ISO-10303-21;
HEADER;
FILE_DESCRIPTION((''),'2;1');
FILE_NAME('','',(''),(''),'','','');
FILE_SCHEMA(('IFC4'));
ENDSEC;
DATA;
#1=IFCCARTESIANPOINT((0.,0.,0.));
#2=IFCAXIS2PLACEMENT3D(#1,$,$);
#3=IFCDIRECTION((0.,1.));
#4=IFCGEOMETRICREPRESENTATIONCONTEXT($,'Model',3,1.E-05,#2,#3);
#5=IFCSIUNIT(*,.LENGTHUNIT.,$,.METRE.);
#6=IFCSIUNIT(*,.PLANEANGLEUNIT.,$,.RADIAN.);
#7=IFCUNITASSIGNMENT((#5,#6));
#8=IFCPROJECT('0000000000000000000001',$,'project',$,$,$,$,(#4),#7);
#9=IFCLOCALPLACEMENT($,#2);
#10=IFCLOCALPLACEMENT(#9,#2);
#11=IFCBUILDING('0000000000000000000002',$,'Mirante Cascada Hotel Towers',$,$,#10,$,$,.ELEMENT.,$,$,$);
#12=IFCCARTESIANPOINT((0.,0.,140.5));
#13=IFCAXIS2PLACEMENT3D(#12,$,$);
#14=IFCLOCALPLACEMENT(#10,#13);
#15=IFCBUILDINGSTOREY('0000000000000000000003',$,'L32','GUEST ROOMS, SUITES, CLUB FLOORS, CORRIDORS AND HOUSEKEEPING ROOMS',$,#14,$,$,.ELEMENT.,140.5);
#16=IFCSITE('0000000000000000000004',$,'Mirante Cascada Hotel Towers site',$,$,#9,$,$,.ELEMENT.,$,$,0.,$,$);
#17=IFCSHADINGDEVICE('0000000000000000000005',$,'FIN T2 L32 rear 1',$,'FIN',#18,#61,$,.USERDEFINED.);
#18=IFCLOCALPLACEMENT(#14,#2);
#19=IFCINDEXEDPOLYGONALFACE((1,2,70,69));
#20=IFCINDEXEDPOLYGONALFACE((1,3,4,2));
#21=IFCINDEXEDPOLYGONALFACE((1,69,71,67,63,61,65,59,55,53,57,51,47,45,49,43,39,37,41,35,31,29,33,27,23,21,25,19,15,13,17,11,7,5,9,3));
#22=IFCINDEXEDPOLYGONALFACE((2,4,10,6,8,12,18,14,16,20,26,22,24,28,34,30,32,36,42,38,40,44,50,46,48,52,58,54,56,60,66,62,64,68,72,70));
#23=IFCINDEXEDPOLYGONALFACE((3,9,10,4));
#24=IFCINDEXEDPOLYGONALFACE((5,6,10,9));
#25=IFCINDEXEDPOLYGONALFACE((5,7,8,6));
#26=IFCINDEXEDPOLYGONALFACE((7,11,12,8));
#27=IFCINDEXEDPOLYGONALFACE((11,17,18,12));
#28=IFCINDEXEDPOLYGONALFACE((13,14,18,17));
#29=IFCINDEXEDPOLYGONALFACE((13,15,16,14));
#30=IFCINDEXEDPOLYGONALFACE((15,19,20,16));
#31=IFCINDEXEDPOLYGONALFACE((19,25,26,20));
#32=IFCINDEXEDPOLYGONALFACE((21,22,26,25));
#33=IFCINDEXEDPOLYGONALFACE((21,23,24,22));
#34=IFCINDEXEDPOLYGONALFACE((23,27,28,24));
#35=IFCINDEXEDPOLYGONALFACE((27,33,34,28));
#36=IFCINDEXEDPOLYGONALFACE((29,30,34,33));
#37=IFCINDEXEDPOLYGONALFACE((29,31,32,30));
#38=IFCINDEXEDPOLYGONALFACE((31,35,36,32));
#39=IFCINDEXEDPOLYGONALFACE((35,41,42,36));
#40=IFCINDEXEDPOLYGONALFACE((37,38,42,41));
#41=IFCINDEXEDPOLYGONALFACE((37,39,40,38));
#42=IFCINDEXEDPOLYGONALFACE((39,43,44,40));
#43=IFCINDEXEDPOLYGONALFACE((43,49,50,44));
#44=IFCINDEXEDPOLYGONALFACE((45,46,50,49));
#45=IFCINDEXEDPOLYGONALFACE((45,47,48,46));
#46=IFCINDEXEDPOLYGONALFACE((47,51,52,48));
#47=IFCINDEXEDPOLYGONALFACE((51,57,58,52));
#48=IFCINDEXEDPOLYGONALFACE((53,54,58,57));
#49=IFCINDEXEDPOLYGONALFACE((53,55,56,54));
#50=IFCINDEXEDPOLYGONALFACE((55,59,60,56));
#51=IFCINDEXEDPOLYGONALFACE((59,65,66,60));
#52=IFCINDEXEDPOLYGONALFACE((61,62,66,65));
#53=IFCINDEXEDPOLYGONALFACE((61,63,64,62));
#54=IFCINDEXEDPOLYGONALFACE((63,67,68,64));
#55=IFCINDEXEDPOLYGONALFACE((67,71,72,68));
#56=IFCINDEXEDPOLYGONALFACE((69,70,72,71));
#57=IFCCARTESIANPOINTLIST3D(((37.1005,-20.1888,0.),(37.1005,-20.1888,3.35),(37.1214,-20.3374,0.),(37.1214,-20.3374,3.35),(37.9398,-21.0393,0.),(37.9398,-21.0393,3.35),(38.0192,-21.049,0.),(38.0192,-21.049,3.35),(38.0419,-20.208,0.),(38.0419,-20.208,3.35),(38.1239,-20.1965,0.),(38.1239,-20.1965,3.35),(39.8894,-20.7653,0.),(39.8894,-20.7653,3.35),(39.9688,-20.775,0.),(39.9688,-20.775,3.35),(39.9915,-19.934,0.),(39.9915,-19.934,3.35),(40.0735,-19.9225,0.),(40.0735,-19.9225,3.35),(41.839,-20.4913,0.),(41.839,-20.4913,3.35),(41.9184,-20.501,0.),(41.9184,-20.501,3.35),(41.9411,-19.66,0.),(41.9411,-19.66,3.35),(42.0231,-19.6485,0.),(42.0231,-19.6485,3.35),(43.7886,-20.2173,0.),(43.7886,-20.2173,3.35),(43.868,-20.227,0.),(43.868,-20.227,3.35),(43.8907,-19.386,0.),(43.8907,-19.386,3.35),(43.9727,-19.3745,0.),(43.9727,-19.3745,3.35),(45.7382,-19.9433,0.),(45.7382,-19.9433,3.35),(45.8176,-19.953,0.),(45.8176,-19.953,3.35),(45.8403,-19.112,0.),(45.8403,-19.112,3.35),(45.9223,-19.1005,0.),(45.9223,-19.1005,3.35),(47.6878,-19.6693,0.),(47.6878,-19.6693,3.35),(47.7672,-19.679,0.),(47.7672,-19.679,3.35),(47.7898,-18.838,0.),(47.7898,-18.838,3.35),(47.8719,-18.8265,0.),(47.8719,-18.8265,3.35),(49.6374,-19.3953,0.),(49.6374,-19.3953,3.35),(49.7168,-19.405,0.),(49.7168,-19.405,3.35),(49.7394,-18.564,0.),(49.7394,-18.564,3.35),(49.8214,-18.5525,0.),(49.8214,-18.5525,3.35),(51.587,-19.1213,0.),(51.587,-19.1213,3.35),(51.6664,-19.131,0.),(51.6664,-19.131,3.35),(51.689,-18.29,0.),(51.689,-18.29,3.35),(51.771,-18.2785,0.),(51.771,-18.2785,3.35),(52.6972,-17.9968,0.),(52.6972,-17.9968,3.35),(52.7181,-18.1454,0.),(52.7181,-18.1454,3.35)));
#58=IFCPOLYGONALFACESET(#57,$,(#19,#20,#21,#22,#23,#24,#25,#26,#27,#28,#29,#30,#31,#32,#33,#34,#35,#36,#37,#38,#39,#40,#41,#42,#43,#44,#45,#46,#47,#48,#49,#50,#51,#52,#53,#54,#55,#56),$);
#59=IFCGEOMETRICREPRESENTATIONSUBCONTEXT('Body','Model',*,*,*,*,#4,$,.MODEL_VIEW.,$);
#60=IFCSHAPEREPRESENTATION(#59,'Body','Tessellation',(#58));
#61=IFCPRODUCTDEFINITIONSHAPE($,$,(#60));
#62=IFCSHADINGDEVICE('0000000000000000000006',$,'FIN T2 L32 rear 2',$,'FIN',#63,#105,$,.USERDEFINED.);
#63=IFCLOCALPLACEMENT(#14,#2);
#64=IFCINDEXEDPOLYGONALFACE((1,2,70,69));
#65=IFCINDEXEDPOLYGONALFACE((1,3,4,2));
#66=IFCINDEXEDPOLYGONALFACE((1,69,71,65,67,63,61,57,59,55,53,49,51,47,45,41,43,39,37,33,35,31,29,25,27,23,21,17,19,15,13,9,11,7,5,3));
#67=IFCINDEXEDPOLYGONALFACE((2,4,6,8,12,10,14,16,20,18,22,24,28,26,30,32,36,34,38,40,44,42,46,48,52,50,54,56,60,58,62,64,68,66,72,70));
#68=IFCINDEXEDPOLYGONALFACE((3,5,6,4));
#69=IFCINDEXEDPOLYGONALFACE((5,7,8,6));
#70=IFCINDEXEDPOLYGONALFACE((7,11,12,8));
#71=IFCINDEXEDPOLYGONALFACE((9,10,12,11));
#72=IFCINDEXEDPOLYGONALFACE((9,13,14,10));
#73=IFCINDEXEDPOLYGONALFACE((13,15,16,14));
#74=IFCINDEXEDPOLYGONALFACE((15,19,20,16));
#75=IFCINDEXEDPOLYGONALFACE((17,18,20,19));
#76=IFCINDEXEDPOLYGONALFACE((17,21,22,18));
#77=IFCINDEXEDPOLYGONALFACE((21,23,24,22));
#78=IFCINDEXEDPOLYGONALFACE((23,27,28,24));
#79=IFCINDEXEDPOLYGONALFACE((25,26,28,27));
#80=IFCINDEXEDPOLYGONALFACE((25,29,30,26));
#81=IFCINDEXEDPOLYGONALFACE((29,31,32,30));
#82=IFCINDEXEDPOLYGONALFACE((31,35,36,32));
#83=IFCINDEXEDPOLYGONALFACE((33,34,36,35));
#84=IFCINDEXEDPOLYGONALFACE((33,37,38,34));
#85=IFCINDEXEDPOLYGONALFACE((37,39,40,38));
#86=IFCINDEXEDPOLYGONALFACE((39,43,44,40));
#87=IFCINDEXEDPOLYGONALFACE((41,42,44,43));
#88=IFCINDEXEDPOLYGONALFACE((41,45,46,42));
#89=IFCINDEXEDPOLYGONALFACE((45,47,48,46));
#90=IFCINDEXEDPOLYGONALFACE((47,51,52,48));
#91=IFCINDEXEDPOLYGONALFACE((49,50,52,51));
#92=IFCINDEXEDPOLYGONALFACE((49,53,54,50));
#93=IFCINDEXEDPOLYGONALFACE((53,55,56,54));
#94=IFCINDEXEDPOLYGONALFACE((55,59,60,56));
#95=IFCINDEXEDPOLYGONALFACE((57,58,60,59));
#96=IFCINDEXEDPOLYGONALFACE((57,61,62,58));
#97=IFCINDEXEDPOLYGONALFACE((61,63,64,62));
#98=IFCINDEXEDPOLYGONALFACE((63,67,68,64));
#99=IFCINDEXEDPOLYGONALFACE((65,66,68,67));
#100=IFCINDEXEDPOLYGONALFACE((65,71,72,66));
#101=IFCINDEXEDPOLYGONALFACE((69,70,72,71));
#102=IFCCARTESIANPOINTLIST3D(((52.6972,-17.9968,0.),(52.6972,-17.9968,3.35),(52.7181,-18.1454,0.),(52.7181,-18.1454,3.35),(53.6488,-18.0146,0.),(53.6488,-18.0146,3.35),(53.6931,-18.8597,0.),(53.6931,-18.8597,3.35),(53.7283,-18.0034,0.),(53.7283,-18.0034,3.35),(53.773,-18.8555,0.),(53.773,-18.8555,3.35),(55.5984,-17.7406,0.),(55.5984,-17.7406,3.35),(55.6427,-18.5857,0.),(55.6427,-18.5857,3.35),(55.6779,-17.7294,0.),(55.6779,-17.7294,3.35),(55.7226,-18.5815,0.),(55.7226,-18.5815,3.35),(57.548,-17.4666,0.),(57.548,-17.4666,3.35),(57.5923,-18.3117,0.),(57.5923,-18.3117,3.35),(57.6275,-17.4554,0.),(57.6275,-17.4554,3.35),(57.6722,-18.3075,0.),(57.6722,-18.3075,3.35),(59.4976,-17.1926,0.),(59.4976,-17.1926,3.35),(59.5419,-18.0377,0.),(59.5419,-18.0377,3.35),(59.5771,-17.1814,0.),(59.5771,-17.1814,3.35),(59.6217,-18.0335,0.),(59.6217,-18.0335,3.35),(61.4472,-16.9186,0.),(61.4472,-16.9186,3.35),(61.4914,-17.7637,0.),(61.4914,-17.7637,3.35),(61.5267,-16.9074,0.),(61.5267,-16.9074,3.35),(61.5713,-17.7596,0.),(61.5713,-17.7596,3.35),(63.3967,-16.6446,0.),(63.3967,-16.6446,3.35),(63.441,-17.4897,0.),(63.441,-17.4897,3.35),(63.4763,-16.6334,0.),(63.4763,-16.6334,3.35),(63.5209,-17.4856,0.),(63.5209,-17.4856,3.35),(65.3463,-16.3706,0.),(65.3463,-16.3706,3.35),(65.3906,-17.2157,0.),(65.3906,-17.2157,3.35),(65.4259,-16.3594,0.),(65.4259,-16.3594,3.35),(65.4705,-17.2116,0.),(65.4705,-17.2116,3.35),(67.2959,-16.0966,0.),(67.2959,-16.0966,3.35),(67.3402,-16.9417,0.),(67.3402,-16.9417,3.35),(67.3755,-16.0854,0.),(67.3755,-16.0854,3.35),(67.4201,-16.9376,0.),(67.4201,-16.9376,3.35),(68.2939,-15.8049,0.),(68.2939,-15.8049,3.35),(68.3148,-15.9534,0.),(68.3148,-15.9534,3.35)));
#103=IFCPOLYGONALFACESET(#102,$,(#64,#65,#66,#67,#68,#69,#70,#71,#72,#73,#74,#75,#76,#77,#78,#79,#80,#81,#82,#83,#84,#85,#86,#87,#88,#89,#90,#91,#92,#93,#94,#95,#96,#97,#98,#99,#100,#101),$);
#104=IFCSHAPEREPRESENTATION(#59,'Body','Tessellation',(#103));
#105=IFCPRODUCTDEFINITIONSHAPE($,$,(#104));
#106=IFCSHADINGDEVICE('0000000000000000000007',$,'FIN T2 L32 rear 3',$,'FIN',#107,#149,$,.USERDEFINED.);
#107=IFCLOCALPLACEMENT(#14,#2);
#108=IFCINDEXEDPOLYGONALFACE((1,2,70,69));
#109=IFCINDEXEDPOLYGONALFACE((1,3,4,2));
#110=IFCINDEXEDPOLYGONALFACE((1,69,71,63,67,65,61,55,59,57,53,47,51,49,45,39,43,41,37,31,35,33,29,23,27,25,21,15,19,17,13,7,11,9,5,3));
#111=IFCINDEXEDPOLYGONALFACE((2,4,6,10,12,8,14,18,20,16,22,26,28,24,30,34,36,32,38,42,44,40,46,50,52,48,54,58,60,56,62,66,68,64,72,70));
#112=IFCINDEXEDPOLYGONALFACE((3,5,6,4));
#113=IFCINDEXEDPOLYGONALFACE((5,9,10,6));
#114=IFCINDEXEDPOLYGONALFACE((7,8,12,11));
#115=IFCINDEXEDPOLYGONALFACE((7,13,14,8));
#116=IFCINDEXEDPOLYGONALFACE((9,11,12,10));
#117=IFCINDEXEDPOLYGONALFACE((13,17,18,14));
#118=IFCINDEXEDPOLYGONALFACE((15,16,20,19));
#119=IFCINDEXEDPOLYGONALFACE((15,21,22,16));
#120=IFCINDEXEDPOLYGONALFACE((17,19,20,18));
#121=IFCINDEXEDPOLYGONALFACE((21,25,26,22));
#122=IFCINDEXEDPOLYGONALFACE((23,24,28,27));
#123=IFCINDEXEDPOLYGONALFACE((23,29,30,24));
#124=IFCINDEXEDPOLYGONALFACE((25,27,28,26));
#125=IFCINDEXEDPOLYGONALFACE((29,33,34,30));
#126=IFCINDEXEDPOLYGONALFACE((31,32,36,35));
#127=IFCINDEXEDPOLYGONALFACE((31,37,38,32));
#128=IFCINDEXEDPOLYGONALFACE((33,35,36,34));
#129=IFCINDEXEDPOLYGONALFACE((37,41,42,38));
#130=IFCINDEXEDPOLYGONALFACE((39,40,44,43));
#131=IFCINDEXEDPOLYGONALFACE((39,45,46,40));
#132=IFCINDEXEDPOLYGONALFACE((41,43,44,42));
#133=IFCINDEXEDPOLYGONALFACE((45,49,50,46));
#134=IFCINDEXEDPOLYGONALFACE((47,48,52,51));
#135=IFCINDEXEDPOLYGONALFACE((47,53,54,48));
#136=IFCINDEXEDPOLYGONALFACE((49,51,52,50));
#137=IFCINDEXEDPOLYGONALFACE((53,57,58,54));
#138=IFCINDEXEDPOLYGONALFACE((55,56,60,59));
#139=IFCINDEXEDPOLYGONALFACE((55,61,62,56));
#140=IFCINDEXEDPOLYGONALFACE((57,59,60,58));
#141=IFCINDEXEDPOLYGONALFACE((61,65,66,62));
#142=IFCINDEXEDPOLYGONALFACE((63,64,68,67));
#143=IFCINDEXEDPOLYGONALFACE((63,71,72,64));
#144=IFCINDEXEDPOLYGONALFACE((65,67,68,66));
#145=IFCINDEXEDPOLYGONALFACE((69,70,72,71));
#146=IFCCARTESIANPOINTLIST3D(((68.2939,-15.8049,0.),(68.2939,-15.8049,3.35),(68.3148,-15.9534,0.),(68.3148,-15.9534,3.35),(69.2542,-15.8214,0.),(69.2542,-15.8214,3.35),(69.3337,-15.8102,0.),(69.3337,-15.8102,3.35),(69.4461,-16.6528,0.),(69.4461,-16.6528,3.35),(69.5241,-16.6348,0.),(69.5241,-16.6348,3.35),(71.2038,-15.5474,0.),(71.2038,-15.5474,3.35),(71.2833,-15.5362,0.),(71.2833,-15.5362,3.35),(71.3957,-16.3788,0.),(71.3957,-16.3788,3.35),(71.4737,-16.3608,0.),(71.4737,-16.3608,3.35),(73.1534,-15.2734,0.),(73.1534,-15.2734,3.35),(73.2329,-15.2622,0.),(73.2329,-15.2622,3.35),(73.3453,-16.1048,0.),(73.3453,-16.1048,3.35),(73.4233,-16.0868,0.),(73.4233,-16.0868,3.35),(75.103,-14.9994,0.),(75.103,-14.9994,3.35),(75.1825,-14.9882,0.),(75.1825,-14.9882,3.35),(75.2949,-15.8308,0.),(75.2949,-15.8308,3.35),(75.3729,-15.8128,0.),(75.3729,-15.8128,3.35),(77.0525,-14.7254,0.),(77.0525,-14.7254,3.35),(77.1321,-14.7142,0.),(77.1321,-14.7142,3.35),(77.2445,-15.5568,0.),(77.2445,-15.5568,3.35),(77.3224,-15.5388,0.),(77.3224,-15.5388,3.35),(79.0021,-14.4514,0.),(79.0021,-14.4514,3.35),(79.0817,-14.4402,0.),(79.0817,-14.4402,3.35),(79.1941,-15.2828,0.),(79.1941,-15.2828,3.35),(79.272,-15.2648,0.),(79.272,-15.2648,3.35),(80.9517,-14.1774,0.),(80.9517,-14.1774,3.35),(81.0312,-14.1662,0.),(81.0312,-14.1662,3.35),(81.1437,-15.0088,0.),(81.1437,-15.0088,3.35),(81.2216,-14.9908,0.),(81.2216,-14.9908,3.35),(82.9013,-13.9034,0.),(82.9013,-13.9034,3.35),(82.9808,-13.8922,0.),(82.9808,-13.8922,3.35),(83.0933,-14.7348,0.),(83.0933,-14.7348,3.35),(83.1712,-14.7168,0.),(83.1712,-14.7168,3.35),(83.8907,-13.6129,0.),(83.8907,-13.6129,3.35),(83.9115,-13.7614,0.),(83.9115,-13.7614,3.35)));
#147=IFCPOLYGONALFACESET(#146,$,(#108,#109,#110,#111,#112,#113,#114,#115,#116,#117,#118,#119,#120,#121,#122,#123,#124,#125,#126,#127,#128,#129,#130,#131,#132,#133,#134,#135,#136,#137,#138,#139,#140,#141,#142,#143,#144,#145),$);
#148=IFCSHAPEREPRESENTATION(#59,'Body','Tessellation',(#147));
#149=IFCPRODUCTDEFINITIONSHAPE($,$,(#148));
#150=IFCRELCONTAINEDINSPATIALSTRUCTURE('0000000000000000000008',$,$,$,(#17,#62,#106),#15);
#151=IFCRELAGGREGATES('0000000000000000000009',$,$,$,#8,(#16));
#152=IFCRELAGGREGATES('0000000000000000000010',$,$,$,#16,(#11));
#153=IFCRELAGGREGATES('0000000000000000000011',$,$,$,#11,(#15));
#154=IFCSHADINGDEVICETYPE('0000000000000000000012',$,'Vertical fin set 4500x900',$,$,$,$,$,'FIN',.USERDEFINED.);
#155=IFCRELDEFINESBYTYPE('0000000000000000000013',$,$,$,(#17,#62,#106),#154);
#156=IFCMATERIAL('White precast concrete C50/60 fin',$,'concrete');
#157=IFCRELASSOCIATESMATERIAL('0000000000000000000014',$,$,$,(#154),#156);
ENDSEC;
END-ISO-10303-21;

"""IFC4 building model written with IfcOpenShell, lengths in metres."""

from ifc_helpers import new_model, si_unit, direction, frame, origin, place, context, subcontext, project, spatial, polyline, outline, extrude, material, type_object, element, save


model = new_model("IFC4")

# Units and contexts
model_context = context("Model", 3, precision=1e-05, world=origin(), true_north=direction((0.0, 1.0)))
body_context = subcontext(model_context, "Body", "Model", "MODEL_VIEW")
ifc_project = project(units=[si_unit("LENGTHUNIT", "METRE"), si_unit("PLANEANGLEUNIT", "RADIAN")], contexts=[model_context])

# Site, building, storey
site_placement = place(None, origin())
site = spatial("IfcSite", under=ifc_project, at=site_placement, Name="Mirante Cascada Hotel Towers site", CompositionType="ELEMENT", RefElevation=0.0)
building_placement = place(site_placement, origin())
building = spatial("IfcBuilding", under=site, at=building_placement, Name="Mirante Cascada Hotel Towers", CompositionType="ELEMENT")
storey_placement = place(building_placement, frame((0.0, 0.0, 140.5)))
storey = spatial("IfcBuildingStorey", under=building, at=storey_placement, Name="L32", Description="GUEST ROOMS, SUITES, CLUB FLOORS, CORRIDORS AND HOUSEKEEPING ROOMS", CompositionType="ELEMENT", Elevation=140.5)

# Shading devices
ifc_material_1 = material(Name="White precast concrete C50/60 fin", Category="concrete")
shading_device_type = type_object("IfcShadingDeviceType", Name="Vertical fin set 4500x900", ElementType="FIN", PredefinedType="USERDEFINED", material=ifc_material_1)
shading_device_1_placement = place(storey_placement, origin())
element("IfcShadingDevice", 1, at=shading_device_1_placement, inside=storey, type_object=shading_device_type, Name="FIN T2 L32 rear 1", ObjectType="FIN", PredefinedType="USERDEFINED", context=body_context, shape_type="SweptSolid", body=[
    extrude(outline(polyline([(37.9398, -21.0393), (38.0419, -20.208), (37.1214, -20.3374), (37.1005, -20.1888), (52.6972, -17.9968), (52.7181, -18.1454), (51.771, -18.2785), (51.6664, -19.131), (51.587, -19.1213), (51.689, -18.29), (49.8214, -18.5525), (49.7168, -19.405), (49.6374, -19.3953), (49.7394, -18.564), (47.8719, -18.8265), (47.7672, -19.679), (47.6878, -19.6693), (47.7898, -18.838), (45.9223, -19.1005), (45.8176, -19.953), (45.7382, -19.9433), (45.8403, -19.112), (43.9727, -19.3745), (43.868, -20.227), (43.7886, -20.2173), (43.8907, -19.386), (42.0231, -19.6485), (41.9184, -20.501), (41.839, -20.4913), (41.9411, -19.66), (40.0735, -19.9225), (39.9688, -20.775), (39.8894, -20.7653), (39.9915, -19.934), (38.1239, -20.1965), (38.0192, -21.049), (37.9398, -21.0393)])), origin(), (0.0, 0.0, 1.0), 3.35),
])
shading_device_2_placement = place(storey_placement, origin())
element("IfcShadingDevice", 2, at=shading_device_2_placement, inside=storey, type_object=shading_device_type, Name="FIN T2 L32 rear 2", ObjectType="FIN", PredefinedType="USERDEFINED", context=body_context, shape_type="SweptSolid", body=[
    extrude(outline(polyline([(53.6931, -18.8597), (53.6488, -18.0146), (52.7181, -18.1454), (52.6972, -17.9968), (68.2939, -15.8049), (68.3148, -15.9534), (67.3755, -16.0854), (67.4201, -16.9376), (67.3402, -16.9417), (67.2959, -16.0966), (65.4259, -16.3594), (65.4705, -17.2116), (65.3906, -17.2157), (65.3463, -16.3706), (63.4763, -16.6334), (63.5209, -17.4856), (63.441, -17.4897), (63.3967, -16.6446), (61.5267, -16.9074), (61.5713, -17.7596), (61.4914, -17.7637), (61.4472, -16.9186), (59.5771, -17.1814), (59.6217, -18.0335), (59.5419, -18.0377), (59.4976, -17.1926), (57.6275, -17.4554), (57.6722, -18.3075), (57.5923, -18.3117), (57.548, -17.4666), (55.6779, -17.7294), (55.7226, -18.5815), (55.6427, -18.5857), (55.5984, -17.7406), (53.7283, -18.0034), (53.773, -18.8555), (53.6931, -18.8597)])), origin(), (0.0, 0.0, 1.0), 3.35),
])
shading_device_3_placement = place(storey_placement, origin())
element("IfcShadingDevice", 3, at=shading_device_3_placement, inside=storey, type_object=shading_device_type, Name="FIN T2 L32 rear 3", ObjectType="FIN", PredefinedType="USERDEFINED", context=body_context, shape_type="SweptSolid", body=[
    extrude(outline(polyline([(69.4461, -16.6528), (69.2542, -15.8214), (68.3148, -15.9534), (68.2939, -15.8049), (83.8907, -13.6129), (83.9115, -13.7614), (82.9808, -13.8922), (83.1712, -14.7168), (83.0933, -14.7348), (82.9013, -13.9034), (81.0312, -14.1662), (81.2216, -14.9908), (81.1437, -15.0088), (80.9517, -14.1774), (79.0817, -14.4402), (79.272, -15.2648), (79.1941, -15.2828), (79.0021, -14.4514), (77.1321, -14.7142), (77.3224, -15.5388), (77.2445, -15.5568), (77.0525, -14.7254), (75.1825, -14.9882), (75.3729, -15.8128), (75.2949, -15.8308), (75.103, -14.9994), (73.2329, -15.2622), (73.4233, -16.0868), (73.3453, -16.1048), (73.1534, -15.2734), (71.2833, -15.5362), (71.4737, -16.3608), (71.3957, -16.3788), (71.2038, -15.5474), (69.3337, -15.8102), (69.5241, -16.6348), (69.4461, -16.6528)])), origin(), (0.0, 0.0, 1.0), 3.35),
])

save(model, "model.ifc")
